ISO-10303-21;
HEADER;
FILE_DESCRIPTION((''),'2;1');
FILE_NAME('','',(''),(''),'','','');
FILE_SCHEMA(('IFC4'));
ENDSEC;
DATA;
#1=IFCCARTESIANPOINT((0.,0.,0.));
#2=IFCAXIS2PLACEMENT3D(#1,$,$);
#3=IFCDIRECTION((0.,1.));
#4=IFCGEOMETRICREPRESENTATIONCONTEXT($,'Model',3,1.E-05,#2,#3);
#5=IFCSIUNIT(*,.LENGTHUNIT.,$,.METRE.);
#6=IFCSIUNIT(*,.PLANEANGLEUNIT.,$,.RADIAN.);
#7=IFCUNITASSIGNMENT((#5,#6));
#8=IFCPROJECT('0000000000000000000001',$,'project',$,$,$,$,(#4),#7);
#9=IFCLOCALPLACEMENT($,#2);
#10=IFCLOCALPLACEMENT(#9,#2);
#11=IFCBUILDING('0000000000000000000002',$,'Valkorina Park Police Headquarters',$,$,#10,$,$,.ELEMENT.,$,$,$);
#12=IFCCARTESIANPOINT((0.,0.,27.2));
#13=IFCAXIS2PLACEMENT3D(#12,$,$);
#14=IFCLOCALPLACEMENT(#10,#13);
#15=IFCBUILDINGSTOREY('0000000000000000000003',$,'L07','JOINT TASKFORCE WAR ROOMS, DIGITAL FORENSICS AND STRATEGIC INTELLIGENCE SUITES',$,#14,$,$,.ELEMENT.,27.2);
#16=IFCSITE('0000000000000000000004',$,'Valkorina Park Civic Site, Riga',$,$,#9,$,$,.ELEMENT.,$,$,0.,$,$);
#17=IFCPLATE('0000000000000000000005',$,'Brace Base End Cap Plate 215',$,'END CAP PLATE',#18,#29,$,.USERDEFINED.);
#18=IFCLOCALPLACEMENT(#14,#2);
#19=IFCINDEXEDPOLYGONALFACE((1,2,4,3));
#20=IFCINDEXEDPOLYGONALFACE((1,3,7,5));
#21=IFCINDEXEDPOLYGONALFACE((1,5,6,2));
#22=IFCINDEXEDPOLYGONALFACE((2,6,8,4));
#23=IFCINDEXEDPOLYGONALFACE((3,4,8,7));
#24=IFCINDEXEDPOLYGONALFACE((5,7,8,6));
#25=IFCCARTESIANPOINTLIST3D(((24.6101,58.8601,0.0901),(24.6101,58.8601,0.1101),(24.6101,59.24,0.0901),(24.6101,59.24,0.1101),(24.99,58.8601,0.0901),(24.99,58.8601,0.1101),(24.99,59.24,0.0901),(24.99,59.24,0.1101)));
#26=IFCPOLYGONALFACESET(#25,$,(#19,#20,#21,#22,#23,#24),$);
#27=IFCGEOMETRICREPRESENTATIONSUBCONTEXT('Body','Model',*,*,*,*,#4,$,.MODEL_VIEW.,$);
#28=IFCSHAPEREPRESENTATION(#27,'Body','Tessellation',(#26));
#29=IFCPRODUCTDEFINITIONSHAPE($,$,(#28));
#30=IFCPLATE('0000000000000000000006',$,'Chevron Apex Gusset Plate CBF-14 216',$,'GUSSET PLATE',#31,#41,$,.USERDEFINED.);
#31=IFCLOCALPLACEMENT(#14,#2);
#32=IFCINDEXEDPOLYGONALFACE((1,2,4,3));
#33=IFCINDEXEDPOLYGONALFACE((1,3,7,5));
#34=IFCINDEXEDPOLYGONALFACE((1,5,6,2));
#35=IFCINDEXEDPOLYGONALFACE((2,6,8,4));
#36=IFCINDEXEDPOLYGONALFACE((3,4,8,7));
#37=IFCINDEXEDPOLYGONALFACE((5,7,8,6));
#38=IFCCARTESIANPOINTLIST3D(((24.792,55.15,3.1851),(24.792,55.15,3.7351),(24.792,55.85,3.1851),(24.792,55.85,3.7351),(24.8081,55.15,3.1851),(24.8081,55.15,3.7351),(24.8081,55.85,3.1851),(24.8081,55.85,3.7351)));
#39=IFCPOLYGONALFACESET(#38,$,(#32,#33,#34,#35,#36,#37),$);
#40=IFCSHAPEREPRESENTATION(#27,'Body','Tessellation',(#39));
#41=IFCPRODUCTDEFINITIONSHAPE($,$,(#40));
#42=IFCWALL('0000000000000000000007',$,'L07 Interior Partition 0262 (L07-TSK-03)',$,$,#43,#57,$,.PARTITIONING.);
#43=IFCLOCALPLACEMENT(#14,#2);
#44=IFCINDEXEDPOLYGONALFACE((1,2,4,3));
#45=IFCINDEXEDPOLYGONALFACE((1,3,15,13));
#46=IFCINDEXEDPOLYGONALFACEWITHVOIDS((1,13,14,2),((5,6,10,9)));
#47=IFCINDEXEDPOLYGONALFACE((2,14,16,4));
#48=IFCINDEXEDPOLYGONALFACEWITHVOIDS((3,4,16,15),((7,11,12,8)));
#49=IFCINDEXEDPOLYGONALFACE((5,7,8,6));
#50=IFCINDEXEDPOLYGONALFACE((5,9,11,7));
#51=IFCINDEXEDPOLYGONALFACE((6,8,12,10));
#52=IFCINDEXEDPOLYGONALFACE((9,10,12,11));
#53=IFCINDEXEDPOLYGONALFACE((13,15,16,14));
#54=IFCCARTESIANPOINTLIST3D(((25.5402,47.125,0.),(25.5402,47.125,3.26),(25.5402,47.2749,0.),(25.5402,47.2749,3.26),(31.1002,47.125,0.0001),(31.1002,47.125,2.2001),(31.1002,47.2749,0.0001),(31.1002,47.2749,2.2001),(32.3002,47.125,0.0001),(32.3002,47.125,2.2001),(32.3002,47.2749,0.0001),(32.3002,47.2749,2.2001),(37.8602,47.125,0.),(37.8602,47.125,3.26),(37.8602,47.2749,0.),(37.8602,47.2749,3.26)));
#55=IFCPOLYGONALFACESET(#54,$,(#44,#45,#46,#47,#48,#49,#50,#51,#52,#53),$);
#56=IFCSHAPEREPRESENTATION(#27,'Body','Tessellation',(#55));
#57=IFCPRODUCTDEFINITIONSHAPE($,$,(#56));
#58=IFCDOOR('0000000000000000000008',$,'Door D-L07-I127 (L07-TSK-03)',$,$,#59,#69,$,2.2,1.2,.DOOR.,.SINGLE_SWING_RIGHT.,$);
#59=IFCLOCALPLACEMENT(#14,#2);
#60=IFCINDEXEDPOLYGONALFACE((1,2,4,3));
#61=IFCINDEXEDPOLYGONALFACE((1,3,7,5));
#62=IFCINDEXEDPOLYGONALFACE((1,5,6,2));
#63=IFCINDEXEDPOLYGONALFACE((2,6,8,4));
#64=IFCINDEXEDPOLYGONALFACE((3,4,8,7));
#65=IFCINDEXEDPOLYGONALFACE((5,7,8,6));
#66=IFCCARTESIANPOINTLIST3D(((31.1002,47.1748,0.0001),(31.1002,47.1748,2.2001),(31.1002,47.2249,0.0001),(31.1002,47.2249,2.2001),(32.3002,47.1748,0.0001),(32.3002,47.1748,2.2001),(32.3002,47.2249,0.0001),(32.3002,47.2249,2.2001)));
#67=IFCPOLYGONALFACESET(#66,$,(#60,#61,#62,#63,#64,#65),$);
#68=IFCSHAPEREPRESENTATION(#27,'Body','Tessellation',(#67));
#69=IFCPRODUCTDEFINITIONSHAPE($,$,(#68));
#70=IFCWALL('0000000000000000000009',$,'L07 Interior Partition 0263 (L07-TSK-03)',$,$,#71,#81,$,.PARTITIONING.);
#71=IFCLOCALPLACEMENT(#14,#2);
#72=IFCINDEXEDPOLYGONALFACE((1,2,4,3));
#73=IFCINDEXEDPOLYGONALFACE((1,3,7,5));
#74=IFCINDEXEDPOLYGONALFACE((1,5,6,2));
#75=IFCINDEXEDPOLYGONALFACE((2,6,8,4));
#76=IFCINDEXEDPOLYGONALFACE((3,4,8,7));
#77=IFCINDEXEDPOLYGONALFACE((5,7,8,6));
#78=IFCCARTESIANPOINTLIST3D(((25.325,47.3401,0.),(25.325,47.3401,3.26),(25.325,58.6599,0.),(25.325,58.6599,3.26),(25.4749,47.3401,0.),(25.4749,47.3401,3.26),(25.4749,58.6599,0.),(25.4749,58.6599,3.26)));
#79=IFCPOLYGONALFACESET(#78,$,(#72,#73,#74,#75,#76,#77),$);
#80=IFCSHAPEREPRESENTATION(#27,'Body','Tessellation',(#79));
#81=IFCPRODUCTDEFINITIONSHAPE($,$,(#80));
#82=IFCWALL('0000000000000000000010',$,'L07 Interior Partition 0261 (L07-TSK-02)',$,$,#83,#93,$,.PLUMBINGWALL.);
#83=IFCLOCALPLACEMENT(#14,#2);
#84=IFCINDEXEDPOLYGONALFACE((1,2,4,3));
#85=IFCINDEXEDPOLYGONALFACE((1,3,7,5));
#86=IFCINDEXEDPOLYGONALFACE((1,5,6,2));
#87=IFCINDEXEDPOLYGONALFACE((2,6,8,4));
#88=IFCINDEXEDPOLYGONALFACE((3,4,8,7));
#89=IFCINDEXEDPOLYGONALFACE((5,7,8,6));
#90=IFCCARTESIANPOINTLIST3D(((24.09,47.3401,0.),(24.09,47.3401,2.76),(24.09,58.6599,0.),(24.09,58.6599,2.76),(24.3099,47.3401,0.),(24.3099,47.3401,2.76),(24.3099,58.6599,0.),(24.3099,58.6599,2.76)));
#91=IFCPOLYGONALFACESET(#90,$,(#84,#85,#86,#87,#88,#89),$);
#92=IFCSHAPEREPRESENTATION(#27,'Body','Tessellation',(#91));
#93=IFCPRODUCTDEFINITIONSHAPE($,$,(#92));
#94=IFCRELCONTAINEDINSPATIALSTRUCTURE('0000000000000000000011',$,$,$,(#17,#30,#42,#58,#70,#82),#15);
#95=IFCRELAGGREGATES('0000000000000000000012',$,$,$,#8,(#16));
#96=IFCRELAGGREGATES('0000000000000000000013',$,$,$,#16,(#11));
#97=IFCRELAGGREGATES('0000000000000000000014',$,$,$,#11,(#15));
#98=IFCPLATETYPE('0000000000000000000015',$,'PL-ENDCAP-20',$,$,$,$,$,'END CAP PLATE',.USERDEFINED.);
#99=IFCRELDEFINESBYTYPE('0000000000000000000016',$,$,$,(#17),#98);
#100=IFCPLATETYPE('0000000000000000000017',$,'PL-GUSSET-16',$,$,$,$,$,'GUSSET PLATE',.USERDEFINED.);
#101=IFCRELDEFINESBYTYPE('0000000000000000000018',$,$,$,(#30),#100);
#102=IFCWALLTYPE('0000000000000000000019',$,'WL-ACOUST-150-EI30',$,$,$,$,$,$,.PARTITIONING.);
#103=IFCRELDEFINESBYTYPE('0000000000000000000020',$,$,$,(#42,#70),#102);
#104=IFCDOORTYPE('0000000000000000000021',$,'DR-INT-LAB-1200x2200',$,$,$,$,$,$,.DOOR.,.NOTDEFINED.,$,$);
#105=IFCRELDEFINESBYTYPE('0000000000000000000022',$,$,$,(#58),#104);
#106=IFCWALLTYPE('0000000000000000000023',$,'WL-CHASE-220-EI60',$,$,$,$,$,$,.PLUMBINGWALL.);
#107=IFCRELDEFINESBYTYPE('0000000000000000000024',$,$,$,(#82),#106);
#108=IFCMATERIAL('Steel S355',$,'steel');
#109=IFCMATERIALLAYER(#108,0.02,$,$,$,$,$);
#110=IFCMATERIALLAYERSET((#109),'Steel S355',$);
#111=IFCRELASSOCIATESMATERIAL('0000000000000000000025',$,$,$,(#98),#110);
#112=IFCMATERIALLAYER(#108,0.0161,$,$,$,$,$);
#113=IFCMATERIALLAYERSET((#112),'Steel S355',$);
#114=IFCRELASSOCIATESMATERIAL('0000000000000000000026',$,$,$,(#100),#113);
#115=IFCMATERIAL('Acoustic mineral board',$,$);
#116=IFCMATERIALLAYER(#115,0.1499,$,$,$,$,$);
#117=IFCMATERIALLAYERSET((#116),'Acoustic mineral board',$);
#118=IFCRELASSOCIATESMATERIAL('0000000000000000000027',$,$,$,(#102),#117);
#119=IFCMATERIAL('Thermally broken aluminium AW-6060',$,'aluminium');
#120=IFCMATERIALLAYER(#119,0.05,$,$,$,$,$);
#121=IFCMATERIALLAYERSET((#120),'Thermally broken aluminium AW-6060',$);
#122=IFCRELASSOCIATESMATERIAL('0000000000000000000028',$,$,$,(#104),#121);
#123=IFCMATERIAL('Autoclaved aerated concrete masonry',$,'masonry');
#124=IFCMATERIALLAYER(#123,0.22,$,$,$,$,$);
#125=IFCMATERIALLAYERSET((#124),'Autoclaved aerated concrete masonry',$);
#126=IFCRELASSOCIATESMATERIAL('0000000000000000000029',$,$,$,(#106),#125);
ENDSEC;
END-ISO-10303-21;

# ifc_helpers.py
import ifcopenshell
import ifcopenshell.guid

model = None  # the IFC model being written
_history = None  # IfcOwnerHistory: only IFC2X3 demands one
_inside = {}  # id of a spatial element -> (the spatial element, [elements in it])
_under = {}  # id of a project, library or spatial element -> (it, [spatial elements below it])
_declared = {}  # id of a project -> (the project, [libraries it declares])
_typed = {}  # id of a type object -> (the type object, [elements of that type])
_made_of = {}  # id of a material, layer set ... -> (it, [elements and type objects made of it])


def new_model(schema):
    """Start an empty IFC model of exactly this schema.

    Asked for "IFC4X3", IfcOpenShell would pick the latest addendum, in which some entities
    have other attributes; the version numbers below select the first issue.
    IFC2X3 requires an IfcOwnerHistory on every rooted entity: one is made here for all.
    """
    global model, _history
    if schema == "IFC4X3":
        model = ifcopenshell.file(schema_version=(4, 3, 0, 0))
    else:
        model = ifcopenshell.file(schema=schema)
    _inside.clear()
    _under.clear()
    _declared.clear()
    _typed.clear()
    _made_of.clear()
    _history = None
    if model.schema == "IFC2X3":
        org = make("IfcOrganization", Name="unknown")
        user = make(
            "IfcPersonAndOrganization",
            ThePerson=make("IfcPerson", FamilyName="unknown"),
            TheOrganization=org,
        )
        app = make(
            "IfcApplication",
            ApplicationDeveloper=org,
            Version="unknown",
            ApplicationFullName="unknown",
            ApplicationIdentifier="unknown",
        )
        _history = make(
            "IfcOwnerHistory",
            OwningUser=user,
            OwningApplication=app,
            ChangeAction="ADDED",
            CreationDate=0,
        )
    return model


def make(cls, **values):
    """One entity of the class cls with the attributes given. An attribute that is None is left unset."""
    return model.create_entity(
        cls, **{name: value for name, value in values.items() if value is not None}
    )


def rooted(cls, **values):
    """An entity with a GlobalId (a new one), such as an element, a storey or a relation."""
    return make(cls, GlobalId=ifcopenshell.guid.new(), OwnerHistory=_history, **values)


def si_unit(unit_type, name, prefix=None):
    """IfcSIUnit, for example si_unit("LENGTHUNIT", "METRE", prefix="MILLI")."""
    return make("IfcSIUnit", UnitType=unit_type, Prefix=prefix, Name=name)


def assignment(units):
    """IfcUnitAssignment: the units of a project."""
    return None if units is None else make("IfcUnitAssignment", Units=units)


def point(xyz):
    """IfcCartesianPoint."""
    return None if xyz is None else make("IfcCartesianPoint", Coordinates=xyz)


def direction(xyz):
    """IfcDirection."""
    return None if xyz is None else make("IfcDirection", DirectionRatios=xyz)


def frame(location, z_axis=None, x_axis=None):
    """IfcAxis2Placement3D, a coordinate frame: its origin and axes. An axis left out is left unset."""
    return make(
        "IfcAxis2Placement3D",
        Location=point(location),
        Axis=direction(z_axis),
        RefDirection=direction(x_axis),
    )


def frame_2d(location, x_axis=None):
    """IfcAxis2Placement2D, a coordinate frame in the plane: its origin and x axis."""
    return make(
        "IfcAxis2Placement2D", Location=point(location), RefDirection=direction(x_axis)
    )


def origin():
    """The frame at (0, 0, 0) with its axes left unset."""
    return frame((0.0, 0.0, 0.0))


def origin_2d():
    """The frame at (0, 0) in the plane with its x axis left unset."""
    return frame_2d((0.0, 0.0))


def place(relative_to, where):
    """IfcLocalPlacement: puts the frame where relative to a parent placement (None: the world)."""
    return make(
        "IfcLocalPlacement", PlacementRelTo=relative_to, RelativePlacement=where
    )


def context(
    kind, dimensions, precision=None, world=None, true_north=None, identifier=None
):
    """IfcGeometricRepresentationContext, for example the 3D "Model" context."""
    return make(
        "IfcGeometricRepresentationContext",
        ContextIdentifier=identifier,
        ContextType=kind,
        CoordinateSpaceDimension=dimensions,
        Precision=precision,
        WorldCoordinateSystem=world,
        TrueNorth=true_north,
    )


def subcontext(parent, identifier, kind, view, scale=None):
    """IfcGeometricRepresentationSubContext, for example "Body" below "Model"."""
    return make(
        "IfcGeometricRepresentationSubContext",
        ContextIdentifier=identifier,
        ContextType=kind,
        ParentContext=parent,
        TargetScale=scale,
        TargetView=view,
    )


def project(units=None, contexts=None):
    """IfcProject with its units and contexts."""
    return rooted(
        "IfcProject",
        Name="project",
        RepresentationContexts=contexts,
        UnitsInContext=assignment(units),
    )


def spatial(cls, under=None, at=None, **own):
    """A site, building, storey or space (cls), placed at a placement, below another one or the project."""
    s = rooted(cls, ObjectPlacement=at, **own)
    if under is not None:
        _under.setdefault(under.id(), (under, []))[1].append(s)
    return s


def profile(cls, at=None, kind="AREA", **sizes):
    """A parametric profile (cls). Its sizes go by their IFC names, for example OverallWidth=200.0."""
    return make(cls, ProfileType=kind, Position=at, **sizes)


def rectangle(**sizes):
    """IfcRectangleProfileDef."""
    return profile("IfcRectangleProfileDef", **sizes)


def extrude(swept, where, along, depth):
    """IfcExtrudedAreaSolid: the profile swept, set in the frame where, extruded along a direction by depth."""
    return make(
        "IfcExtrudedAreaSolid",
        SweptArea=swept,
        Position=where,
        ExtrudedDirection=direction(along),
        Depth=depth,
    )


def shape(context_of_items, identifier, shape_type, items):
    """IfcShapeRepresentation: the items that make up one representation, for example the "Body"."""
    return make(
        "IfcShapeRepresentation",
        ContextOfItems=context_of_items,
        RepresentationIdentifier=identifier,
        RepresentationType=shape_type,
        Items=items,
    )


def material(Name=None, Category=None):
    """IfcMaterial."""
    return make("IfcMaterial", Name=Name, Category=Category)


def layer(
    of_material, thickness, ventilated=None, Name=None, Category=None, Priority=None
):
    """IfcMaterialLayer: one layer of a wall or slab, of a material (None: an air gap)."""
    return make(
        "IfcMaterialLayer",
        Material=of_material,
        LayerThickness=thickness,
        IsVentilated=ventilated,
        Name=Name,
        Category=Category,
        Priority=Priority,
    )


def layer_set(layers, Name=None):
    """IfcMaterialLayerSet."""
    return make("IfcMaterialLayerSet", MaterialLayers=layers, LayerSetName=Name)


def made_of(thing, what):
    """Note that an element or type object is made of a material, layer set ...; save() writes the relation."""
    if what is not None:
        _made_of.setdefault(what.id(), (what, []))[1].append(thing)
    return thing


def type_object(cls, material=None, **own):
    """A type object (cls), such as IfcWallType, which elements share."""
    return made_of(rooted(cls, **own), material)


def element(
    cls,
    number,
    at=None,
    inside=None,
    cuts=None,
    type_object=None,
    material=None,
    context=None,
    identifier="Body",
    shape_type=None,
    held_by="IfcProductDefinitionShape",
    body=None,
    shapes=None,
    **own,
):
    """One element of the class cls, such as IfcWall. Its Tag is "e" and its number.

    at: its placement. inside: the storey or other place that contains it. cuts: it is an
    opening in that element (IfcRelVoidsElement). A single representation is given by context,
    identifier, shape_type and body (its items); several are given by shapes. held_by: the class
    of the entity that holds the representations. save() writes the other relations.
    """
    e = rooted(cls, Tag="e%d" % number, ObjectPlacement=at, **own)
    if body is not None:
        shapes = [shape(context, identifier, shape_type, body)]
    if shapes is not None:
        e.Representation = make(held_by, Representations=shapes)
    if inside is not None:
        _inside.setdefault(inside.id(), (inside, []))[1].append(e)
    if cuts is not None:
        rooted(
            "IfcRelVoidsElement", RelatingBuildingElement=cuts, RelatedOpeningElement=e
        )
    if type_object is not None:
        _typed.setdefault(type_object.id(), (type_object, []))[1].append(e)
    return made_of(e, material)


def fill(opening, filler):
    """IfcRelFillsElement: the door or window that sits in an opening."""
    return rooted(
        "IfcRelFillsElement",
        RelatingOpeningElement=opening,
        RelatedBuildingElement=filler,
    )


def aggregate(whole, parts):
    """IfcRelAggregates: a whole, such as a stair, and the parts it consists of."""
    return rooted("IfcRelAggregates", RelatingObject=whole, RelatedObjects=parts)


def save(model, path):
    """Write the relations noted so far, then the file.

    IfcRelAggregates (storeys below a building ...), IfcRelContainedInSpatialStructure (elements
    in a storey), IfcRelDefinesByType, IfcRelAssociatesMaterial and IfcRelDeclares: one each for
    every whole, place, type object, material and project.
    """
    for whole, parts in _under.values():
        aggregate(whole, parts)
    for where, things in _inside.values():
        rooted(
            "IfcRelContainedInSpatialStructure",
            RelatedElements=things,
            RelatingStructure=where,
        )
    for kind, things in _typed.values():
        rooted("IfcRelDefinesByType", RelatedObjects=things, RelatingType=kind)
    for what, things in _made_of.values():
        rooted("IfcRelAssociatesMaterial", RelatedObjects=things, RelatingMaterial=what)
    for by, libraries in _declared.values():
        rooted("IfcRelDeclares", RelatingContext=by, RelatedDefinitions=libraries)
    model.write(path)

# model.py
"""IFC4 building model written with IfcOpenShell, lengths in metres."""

from ifc_helpers import new_model, si_unit, direction, frame, frame_2d, origin, origin_2d, place, context, subcontext, project, spatial, rectangle, extrude, material, layer, layer_set, type_object, element, fill, save


model = new_model("IFC4")

# Units and contexts
model_context = context("Model", 3, precision=1e-05, world=origin(), true_north=direction((0.0, 1.0)))
body_context = subcontext(model_context, "Body", "Model", "MODEL_VIEW")
ifc_project = project(units=[si_unit("LENGTHUNIT", "METRE"), si_unit("PLANEANGLEUNIT", "RADIAN")], contexts=[model_context])

# Site, building, storey
site_placement = place(None, origin())
site = spatial("IfcSite", under=ifc_project, at=site_placement, Name="Valkorina Park Civic Site, Riga", CompositionType="ELEMENT", RefElevation=0.0)
building_placement = place(site_placement, origin())
building = spatial("IfcBuilding", under=site, at=building_placement, Name="Valkorina Park Police Headquarters", CompositionType="ELEMENT")
storey_placement = place(building_placement, frame((0.0, 0.0, 27.2)))
storey = spatial("IfcBuildingStorey", under=building, at=storey_placement, Name="L07", Description="JOINT TASKFORCE WAR ROOMS, DIGITAL FORENSICS AND STRATEGIC INTELLIGENCE SUITES", CompositionType="ELEMENT", Elevation=27.2)

# Shared definitions
ifc_material_1 = material(Name="Steel S355", Category="steel")

# Shared definitions
ifc_material_2 = material(Name="Thermally broken aluminium AW-6060", Category="aluminium")

# Plates
ifc_layer_1 = layer(ifc_material_1, 0.02)
ifc_layer_set_1 = layer_set([ifc_layer_1], Name="Steel S355")
plate_type_1 = type_object("IfcPlateType", Name="PL-ENDCAP-20", ElementType="END CAP PLATE", PredefinedType="USERDEFINED", material=ifc_layer_set_1)
for number, where, z_axis, x_axis, name in (
    (1, (24.8, 59.05, 0.0901), (0.0, 0.0, 1.0), (1.0, 0.0, 0.0), "Brace Base End Cap Plate 215"),
):
    element("IfcPlate", number, at=place(storey_placement, frame(where, z_axis=z_axis, x_axis=x_axis)), inside=storey, type_object=plate_type_1, Name=name, ObjectType="END CAP PLATE", PredefinedType="USERDEFINED", context=body_context, shape_type="SweptSolid", body=[
        extrude(rectangle(XDim=0.3799, YDim=0.3799, at=origin_2d()), origin(), (0.0, 0.0, 1.0), 0.02),
    ])
ifc_layer_2 = layer(ifc_material_1, 0.0161)
ifc_layer_set_2 = layer_set([ifc_layer_2], Name="Steel S355")
plate_type_2 = type_object("IfcPlateType", Name="PL-GUSSET-16", ElementType="GUSSET PLATE", PredefinedType="USERDEFINED", material=ifc_layer_set_2)
plate_1_placement = place(storey_placement, frame((24.8, 55.5, 3.1851), z_axis=(0.0, 0.0, 1.0), x_axis=(1.0, 0.0, 0.0)))
element("IfcPlate", 2, at=plate_1_placement, inside=storey, type_object=plate_type_2, Name="Chevron Apex Gusset Plate CBF-14 216", ObjectType="GUSSET PLATE", PredefinedType="USERDEFINED", context=body_context, shape_type="SweptSolid", body=[
    extrude(rectangle(XDim=0.0161, YDim=0.7, at=origin_2d()), origin(), (0.0, 0.0, 1.0), 0.55),
])

# Wall, opening, door
ifc_material_3 = material(Name="Acoustic mineral board")
ifc_layer_3 = layer(ifc_material_3, 0.1499)
ifc_layer_set_3 = layer_set([ifc_layer_3], Name="Acoustic mineral board")
wall_type_1 = type_object("IfcWallType", Name="WL-ACOUST-150-EI30", PredefinedType="PARTITIONING", material=ifc_layer_set_3)
wall_1_placement = place(storey_placement, frame((25.54, 47.2, 0.0), z_axis=(0.0, 0.0, 1.0), x_axis=(1.0, 0.0, 0.0)))
wall_1 = element("IfcWall", 3, at=wall_1_placement, inside=storey, type_object=wall_type_1, Name="L07 Interior Partition 0262 (L07-TSK-03)", PredefinedType="PARTITIONING", context=body_context, shape_type="SweptSolid", body=[
    extrude(rectangle(XDim=12.3201, YDim=0.1499, at=frame_2d((6.1602, 0.0))), origin(), (0.0, 0.0, 1.0), 3.26),
])
opening_placement = place(wall_1_placement, frame((5.5601, 0.0, 0.0)))
opening = element("IfcOpeningElement", 4, at=opening_placement, cuts=wall_1, PredefinedType="OPENING", context=body_context, shape_type="SweptSolid", body=[
    extrude(rectangle(XDim=1.2, YDim=2.2, at=frame_2d((0.6001, 1.1001))), frame((0.0, 0.085, 0.0), z_axis=(0.0, -1.0, 0.0), x_axis=(1.0, 0.0, 0.0)), (0.0, 0.0, 1.0), 0.1699),
])
ifc_layer_4 = layer(ifc_material_2, 0.05)
ifc_layer_set_4 = layer_set([ifc_layer_4], Name="Thermally broken aluminium AW-6060")
door_type = type_object("IfcDoorType", Name="DR-INT-LAB-1200x2200", OperationType="NOTDEFINED", PredefinedType="DOOR", material=ifc_layer_set_4)
door_placement = place(opening_placement, origin())
door = element("IfcDoor", 5, at=door_placement, inside=storey, type_object=door_type, Name="Door D-L07-I127 (L07-TSK-03)", OperationType="SINGLE_SWING_RIGHT", OverallHeight=2.2, OverallWidth=1.2, PredefinedType="DOOR", context=body_context, shape_type="SweptSolid", body=[
    extrude(rectangle(XDim=1.2, YDim=2.2, at=frame_2d((0.6001, 1.1001))), frame((0.0, 0.0249, 0.0), z_axis=(0.0, -1.0, 0.0), x_axis=(1.0, 0.0, 0.0)), (0.0, 0.0, 1.0), 0.05),
])
fill(opening, door)

# Walls
wall_2_placement = place(storey_placement, frame((25.3999, 47.3401, 0.0), z_axis=(0.0, 0.0, 1.0), x_axis=(0.0, 1.0, 0.0)))
element("IfcWall", 6, at=wall_2_placement, inside=storey, type_object=wall_type_1, Name="L07 Interior Partition 0263 (L07-TSK-03)", PredefinedType="PARTITIONING", context=body_context, shape_type="SweptSolid", body=[
    extrude(rectangle(XDim=11.3198, YDim=0.1499, at=frame_2d((5.6599, 0.0))), origin(), (0.0, 0.0, 1.0), 3.26),
])
ifc_material_4 = material(Name="Autoclaved aerated concrete masonry", Category="masonry")
ifc_layer_5 = layer(ifc_material_4, 0.22)
ifc_layer_set_5 = layer_set([ifc_layer_5], Name="Autoclaved aerated concrete masonry")
wall_type_2 = type_object("IfcWallType", Name="WL-CHASE-220-EI60", PredefinedType="PLUMBINGWALL", material=ifc_layer_set_5)
wall_3_placement = place(storey_placement, frame((24.2, 47.3401, 0.0), z_axis=(0.0, 0.0, 1.0), x_axis=(0.0, 1.0, 0.0)))
element("IfcWall", 7, at=wall_3_placement, inside=storey, type_object=wall_type_2, Name="L07 Interior Partition 0261 (L07-TSK-02)", PredefinedType="PLUMBINGWALL", context=body_context, shape_type="SweptSolid", body=[
    extrude(rectangle(XDim=11.3198, YDim=0.22, at=frame_2d((5.6599, 0.0))), origin(), (0.0, 0.0, 1.0), 2.76),
])

save(model, "model.ifc")
